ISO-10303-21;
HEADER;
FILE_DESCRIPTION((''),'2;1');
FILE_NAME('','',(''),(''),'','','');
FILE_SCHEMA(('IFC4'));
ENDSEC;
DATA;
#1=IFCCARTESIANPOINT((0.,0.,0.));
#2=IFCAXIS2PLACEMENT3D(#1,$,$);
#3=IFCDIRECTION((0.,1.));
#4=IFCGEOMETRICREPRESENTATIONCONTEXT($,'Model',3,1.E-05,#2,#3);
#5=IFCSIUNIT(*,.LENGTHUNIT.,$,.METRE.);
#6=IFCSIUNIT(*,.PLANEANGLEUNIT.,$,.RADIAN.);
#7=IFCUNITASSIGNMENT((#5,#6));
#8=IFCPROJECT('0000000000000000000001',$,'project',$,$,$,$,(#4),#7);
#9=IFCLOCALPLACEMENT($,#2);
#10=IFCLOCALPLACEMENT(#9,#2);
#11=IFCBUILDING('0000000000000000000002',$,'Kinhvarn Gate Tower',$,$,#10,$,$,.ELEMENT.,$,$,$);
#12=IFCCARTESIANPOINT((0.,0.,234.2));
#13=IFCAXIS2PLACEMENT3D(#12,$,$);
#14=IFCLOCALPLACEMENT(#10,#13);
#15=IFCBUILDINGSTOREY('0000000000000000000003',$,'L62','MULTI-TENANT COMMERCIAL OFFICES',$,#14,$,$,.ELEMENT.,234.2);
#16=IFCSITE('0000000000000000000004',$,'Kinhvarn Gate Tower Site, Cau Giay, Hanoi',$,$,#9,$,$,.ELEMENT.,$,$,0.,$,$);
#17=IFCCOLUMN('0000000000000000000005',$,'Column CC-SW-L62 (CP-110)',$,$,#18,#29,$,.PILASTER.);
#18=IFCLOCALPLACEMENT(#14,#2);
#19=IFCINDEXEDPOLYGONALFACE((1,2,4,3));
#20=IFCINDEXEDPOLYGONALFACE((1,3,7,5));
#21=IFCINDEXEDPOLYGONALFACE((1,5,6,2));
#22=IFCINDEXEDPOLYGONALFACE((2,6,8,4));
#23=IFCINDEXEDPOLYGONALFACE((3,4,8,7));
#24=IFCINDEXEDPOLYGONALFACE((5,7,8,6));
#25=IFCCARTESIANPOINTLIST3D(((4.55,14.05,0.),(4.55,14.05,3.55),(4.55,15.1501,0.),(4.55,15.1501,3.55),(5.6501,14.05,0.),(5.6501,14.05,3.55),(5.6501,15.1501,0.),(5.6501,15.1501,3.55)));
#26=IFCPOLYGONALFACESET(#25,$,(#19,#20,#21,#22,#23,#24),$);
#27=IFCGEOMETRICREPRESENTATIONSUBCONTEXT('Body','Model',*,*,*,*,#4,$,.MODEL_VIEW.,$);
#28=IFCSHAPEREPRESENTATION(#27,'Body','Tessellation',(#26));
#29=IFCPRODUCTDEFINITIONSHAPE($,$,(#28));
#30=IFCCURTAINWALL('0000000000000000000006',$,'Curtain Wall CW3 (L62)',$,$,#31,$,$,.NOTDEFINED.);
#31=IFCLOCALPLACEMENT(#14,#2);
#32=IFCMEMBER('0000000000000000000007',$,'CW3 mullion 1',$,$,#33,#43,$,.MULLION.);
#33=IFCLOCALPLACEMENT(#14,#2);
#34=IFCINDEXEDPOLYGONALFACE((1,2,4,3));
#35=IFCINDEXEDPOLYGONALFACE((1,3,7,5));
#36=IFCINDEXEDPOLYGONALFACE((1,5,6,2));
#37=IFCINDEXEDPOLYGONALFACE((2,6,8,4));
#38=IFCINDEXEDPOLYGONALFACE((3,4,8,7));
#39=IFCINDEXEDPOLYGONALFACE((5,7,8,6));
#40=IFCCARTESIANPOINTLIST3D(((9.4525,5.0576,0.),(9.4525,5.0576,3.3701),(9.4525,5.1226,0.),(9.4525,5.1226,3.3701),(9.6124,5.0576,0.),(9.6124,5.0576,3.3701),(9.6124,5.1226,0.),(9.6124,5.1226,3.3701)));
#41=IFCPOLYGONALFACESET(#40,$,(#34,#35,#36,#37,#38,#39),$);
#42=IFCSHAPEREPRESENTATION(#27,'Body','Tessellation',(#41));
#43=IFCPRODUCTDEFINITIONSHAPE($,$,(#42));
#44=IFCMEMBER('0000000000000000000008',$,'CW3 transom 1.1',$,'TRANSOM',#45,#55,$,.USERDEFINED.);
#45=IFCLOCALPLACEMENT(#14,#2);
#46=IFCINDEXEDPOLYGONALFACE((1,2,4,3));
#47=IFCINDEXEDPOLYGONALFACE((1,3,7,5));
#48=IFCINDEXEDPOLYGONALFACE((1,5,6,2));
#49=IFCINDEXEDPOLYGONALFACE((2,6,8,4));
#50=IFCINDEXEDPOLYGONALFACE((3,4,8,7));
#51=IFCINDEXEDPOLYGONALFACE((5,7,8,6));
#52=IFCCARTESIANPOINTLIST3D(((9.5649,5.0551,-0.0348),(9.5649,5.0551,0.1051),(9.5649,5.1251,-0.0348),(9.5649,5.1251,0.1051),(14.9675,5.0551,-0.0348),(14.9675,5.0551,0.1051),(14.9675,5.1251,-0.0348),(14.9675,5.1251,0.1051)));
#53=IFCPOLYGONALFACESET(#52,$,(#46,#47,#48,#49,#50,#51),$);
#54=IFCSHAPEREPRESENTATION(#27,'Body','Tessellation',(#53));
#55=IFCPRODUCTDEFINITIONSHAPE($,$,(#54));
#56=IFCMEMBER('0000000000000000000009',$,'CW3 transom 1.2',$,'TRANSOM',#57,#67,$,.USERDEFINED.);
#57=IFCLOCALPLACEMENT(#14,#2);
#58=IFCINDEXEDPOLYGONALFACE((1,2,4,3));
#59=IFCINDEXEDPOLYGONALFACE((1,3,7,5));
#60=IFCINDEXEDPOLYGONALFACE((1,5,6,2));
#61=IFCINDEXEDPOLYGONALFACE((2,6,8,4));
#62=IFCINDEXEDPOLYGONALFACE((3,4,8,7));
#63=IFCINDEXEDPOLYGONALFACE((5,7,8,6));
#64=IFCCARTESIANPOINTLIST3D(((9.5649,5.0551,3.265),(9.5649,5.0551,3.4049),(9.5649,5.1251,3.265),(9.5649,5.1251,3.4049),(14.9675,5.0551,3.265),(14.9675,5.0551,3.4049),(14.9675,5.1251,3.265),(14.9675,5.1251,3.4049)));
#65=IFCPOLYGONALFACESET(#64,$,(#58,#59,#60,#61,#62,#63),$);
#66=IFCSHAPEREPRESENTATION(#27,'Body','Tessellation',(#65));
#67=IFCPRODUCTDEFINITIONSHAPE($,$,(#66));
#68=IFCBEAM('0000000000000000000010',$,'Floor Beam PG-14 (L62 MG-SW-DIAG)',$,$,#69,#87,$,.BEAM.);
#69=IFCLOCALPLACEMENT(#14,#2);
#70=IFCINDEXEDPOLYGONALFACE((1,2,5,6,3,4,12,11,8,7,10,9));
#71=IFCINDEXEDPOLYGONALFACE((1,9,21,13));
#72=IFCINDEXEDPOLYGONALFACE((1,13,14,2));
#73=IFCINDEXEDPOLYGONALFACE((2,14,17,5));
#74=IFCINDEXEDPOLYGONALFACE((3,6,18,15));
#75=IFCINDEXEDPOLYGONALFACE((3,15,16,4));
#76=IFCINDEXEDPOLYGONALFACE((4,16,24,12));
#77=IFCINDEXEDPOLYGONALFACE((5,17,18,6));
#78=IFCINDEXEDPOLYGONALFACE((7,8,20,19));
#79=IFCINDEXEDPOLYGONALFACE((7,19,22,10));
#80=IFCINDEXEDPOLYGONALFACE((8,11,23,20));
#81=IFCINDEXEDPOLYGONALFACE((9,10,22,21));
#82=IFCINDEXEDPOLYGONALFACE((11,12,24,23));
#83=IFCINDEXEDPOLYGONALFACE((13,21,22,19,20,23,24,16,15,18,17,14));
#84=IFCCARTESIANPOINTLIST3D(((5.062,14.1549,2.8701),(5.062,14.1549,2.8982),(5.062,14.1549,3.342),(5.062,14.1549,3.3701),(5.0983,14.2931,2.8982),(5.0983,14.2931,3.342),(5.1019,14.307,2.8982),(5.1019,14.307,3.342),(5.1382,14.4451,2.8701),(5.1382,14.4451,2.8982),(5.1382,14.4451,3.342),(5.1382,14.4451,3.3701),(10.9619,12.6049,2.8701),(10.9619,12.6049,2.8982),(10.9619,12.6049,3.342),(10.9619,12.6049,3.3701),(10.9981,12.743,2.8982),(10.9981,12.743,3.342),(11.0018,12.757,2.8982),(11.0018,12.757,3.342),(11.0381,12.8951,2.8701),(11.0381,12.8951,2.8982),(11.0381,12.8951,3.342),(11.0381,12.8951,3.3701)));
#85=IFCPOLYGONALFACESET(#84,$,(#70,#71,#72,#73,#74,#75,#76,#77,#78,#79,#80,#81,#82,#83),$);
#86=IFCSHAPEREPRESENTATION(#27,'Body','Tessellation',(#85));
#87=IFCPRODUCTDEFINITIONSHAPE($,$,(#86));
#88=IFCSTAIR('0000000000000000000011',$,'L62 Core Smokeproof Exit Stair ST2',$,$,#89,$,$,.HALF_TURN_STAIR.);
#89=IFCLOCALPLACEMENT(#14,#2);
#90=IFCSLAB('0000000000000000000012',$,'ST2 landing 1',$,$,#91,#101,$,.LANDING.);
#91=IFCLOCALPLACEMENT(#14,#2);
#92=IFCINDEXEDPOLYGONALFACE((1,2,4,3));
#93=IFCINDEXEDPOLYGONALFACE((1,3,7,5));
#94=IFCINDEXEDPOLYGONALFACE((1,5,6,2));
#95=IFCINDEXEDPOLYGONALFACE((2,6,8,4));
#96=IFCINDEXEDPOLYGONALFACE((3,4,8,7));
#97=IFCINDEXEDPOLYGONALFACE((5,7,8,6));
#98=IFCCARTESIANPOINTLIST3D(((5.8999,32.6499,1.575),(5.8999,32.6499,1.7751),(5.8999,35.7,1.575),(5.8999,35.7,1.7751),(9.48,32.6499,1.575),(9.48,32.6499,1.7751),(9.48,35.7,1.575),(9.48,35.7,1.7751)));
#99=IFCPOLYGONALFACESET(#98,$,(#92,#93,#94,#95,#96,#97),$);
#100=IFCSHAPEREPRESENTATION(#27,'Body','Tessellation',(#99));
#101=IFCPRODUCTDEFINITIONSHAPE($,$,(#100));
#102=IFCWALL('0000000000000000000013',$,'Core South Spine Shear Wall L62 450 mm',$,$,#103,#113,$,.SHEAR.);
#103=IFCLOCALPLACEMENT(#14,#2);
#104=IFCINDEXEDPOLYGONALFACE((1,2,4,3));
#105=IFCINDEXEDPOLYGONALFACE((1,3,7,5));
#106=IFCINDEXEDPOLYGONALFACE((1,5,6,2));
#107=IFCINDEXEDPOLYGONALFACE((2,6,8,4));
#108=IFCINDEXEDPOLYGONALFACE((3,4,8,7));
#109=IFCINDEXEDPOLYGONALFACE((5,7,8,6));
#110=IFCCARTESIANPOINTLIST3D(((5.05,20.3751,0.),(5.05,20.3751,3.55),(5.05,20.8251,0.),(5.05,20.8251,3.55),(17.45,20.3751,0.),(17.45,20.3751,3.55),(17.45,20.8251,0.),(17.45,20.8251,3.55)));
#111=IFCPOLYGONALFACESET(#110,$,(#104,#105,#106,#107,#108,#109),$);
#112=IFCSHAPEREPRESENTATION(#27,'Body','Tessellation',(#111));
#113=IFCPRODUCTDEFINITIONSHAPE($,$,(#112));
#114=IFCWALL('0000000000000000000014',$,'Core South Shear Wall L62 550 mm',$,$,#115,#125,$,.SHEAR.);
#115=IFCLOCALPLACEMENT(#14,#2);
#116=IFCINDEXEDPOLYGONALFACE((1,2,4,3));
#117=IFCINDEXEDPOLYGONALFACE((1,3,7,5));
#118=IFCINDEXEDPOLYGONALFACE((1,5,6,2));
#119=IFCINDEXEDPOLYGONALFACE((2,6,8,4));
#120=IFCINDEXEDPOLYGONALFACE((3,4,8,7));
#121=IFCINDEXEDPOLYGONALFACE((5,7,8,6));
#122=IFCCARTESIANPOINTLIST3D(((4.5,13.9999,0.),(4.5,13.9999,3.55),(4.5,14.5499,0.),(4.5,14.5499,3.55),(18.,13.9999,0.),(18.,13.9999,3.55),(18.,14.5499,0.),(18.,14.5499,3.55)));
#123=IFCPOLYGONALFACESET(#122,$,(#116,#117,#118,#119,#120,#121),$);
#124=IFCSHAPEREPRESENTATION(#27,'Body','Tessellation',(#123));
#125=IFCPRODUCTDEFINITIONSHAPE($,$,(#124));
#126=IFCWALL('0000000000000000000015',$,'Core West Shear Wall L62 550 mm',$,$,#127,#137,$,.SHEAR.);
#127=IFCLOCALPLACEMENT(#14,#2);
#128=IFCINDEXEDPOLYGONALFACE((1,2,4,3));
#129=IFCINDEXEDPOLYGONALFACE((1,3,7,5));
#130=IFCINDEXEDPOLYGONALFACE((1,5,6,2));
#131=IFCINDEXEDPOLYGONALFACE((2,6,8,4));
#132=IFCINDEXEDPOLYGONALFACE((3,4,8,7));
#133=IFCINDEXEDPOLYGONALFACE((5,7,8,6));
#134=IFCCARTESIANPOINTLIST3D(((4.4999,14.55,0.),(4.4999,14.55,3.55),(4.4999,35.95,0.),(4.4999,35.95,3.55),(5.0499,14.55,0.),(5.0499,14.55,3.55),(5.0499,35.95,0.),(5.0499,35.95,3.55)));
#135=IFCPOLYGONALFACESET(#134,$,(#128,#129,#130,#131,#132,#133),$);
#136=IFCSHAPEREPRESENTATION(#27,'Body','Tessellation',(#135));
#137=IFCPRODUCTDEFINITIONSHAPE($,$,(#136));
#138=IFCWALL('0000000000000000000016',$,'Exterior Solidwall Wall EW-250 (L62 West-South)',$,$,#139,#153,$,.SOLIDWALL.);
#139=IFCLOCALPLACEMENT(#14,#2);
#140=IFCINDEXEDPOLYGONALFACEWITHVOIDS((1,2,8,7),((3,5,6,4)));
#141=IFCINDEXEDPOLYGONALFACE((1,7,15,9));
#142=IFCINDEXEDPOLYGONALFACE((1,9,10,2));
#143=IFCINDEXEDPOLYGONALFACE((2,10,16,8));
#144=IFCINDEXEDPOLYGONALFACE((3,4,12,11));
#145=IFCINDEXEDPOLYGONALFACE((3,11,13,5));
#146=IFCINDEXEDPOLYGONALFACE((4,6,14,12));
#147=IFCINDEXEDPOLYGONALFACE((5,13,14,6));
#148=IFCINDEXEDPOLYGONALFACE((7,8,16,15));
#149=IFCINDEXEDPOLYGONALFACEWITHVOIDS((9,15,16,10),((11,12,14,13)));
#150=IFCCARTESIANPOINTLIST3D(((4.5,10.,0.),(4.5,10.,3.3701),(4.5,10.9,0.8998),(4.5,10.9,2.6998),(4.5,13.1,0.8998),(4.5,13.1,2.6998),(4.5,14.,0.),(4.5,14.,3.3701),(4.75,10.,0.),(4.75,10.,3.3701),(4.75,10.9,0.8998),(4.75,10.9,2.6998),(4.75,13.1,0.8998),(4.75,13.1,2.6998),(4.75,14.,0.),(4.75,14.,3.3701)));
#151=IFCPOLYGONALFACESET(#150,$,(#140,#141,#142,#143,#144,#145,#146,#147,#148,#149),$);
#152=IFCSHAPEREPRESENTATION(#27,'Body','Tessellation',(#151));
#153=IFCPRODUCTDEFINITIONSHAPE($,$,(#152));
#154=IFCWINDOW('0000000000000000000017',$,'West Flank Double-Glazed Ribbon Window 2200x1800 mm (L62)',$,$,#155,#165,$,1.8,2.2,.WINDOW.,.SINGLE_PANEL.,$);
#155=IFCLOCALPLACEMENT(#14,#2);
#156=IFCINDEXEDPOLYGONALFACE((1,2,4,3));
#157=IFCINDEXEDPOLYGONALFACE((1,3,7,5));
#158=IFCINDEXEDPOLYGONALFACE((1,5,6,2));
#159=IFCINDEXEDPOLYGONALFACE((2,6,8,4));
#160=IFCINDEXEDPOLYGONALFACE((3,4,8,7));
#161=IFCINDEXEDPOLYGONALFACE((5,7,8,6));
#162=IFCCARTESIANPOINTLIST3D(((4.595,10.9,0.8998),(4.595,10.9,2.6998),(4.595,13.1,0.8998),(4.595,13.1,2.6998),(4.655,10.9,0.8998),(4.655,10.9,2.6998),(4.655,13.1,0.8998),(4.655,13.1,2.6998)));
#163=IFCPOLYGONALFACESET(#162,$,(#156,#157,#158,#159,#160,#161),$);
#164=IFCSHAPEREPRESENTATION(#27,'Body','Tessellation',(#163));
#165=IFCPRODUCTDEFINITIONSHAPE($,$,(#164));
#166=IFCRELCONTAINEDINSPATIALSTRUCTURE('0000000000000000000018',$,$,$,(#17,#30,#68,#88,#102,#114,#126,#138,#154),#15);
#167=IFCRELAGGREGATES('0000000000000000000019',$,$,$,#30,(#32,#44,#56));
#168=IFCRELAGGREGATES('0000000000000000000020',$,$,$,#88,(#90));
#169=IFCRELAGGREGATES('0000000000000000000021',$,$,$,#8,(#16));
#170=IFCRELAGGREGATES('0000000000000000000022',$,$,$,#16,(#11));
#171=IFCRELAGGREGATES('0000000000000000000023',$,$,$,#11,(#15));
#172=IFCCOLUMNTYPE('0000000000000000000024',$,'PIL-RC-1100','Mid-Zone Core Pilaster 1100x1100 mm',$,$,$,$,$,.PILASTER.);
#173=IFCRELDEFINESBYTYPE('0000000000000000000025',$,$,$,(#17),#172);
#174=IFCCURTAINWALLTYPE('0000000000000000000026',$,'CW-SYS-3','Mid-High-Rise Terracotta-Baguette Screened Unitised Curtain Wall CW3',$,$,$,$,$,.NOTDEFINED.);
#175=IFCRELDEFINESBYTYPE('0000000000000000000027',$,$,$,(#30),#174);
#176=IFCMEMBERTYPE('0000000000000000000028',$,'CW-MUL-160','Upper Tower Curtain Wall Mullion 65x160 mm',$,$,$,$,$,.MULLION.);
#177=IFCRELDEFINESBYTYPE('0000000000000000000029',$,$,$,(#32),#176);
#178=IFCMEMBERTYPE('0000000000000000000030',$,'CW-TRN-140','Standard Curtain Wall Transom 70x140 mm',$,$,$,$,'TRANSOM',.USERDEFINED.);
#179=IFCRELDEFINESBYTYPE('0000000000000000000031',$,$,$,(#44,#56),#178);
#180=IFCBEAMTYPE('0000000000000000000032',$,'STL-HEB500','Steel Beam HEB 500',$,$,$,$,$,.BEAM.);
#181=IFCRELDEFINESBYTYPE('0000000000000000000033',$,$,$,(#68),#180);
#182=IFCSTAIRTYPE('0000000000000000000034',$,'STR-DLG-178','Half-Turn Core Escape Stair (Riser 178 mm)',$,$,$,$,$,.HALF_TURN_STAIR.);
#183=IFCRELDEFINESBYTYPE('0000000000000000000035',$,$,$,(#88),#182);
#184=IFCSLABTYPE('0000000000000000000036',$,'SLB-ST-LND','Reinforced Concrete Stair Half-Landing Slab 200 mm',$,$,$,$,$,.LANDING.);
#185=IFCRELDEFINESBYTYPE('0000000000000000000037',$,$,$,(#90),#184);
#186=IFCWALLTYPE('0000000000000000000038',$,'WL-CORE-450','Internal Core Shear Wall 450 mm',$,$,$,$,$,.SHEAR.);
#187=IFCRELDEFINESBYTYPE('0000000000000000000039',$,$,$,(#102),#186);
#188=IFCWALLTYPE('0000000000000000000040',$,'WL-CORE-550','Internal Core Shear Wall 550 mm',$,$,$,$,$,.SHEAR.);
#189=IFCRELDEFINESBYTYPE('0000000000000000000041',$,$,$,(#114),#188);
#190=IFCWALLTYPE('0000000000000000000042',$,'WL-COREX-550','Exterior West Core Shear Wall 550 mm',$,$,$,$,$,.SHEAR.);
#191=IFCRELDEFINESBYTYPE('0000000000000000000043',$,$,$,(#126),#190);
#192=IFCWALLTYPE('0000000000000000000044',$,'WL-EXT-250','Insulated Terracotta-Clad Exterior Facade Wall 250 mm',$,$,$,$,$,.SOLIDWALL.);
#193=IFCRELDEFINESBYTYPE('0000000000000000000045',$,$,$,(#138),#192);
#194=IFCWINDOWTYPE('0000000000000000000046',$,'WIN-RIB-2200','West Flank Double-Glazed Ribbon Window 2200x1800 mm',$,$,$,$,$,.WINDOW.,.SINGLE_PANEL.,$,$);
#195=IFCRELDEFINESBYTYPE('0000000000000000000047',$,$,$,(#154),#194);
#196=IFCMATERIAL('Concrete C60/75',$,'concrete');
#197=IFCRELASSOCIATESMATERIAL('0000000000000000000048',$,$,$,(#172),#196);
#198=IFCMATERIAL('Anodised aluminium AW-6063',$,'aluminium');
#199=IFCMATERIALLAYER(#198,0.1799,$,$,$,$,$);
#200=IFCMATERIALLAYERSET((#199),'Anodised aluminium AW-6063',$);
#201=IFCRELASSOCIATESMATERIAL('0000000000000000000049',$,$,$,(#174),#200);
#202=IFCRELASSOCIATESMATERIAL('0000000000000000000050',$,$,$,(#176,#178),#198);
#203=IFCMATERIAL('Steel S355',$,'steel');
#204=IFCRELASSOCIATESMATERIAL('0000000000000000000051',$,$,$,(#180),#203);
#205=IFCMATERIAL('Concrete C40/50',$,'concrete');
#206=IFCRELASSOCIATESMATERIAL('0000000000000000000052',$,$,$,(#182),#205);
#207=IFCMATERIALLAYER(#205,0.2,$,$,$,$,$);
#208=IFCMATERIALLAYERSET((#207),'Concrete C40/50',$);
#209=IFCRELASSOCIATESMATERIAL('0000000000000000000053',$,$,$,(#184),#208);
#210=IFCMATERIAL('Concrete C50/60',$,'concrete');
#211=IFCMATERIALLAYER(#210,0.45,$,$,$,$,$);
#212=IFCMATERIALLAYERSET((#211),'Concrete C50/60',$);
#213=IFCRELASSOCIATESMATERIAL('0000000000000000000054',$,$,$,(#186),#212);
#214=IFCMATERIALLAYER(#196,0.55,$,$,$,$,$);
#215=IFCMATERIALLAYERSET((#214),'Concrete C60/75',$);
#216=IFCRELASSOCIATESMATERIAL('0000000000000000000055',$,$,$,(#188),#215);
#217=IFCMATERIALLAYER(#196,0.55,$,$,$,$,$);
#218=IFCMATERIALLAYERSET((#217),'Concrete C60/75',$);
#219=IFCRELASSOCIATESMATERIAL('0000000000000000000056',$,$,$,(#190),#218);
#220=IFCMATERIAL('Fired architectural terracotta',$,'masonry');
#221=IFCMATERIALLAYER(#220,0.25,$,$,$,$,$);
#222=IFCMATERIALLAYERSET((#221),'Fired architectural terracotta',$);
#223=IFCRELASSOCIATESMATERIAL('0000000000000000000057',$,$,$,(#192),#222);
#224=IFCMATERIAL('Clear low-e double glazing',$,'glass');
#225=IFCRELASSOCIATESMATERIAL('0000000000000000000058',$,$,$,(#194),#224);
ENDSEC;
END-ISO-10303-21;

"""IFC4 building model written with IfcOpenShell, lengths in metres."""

from ifc_helpers import new_model, si_unit, direction, frame, frame_2d, origin, origin_2d, place, context, subcontext, project, spatial, polyline, rectangle, i_section, outline, extrude, material, layer, layer_set, material_profile, profile_set, type_object, element, fill, aggregate, save


model = new_model("IFC4")

# Units and contexts
model_context = context("Model", 3, precision=1e-05, world=origin(), true_north=direction((0.0, 1.0)))
body_context = subcontext(model_context, "Body", "Model", "MODEL_VIEW")
ifc_project = project(units=[si_unit("LENGTHUNIT", "METRE"), si_unit("PLANEANGLEUNIT", "RADIAN")], contexts=[model_context])

# Site, building, storey
site_placement = place(None, origin())
site = spatial("IfcSite", under=ifc_project, at=site_placement, Name="Kinhvarn Gate Tower Site, Cau Giay, Hanoi", CompositionType="ELEMENT", RefElevation=0.0)
building_placement = place(site_placement, origin())
building = spatial("IfcBuilding", under=site, at=building_placement, Name="Kinhvarn Gate Tower", CompositionType="ELEMENT")
storey_placement = place(building_placement, frame((0.0, 0.0, 234.2)))
storey = spatial("IfcBuildingStorey", under=building, at=storey_placement, Name="L62", Description="MULTI-TENANT COMMERCIAL OFFICES", CompositionType="ELEMENT", Elevation=234.2)

# Column
ifc_material_1 = material(Name="Concrete C60/75", Category="concrete")
ifc_material_profile_1 = material_profile(ifc_material_1, rectangle(XDim=1.1001, YDim=1.1001, at=origin_2d()), Name="RC 1100x1100")
ifc_profile_set_1 = profile_set([ifc_material_profile_1], Name="Concrete C60/75")
column_type = type_object("IfcColumnType", Name="PIL-RC-1100", Description="Mid-Zone Core Pilaster 1100x1100 mm", PredefinedType="PILASTER", material=ifc_profile_set_1)
column_placement = place(storey_placement, frame((5.1001, 14.6001, 0.0), z_axis=(0.0, 0.0, 1.0), x_axis=(1.0, 0.0, 0.0)))
element("IfcColumn", 1, at=column_placement, inside=storey, type_object=column_type, Name="Column CC-SW-L62 (CP-110)", PredefinedType="PILASTER", context=body_context, shape_type="SweptSolid", body=[
    extrude(rectangle(XDim=1.1001, YDim=1.1001, at=origin_2d()), origin(), (0.0, 0.0, 1.0), 3.55),
])

# Curtain wall, members
ifc_material_2 = material(Name="Anodised aluminium AW-6063", Category="aluminium")
ifc_layer_1 = layer(ifc_material_2, 0.1799)
ifc_layer_set_1 = layer_set([ifc_layer_1], Name="Anodised aluminium AW-6063")
curtain_wall_type = type_object("IfcCurtainWallType", Name="CW-SYS-3", Description="Mid-High-Rise Terracotta-Baguette Screened Unitised Curtain Wall CW3", PredefinedType="NOTDEFINED", material=ifc_layer_set_1)
curtain_wall_placement = place(storey_placement, origin())
curtain_wall = element("IfcCurtainWall", 2, at=curtain_wall_placement, inside=storey, type_object=curtain_wall_type, Name="Curtain Wall CW3 (L62)", PredefinedType="NOTDEFINED")
ifc_material_profile_2 = material_profile(ifc_material_2, rectangle(XDim=0.0649, YDim=0.1599, at=origin_2d()), Name="ALU 65x160")
ifc_profile_set_2 = profile_set([ifc_material_profile_2], Name="Anodised aluminium AW-6063")
member_type_1 = type_object("IfcMemberType", Name="CW-MUL-160", Description="Upper Tower Curtain Wall Mullion 65x160 mm", PredefinedType="MULLION", material=ifc_profile_set_2)
member_1_placement = place(storey_placement, frame((9.5325, 5.0901, 0.0), z_axis=(0.0, 0.0, 1.0), x_axis=(0.0, 1.0, 0.0)))
member_1 = element("IfcMember", 3, at=member_1_placement, type_object=member_type_1, Name="CW3 mullion 1", PredefinedType="MULLION", context=body_context, shape_type="SweptSolid", body=[
    extrude(rectangle(XDim=0.0649, YDim=0.1599, at=origin_2d()), origin(), (0.0, 0.0, 1.0), 3.3701),
])
ifc_material_profile_3 = material_profile(ifc_material_2, rectangle(XDim=0.0701, YDim=0.1399, at=origin_2d()), Name="ALU 70x140")
ifc_profile_set_3 = profile_set([ifc_material_profile_3], Name="Anodised aluminium AW-6063")
member_type_2 = type_object("IfcMemberType", Name="CW-TRN-140", Description="Standard Curtain Wall Transom 70x140 mm", ElementType="TRANSOM", PredefinedType="USERDEFINED", material=ifc_profile_set_3)
member_2_placement = place(storey_placement, frame((9.5649, 5.0901, 0.0352), z_axis=(1.0, 0.0, 0.0), x_axis=(0.0, 1.0, 0.0)))
member_2 = element("IfcMember", 4, at=member_2_placement, type_object=member_type_2, Name="CW3 transom 1.1", ObjectType="TRANSOM", PredefinedType="USERDEFINED", context=body_context, shape_type="SweptSolid", body=[
    extrude(rectangle(XDim=0.0701, YDim=0.1399, at=origin_2d()), origin(), (0.0, 0.0, 1.0), 5.4026),
])
member_3_placement = place(storey_placement, frame((9.5649, 5.0901, 3.335), z_axis=(1.0, 0.0, 0.0), x_axis=(0.0, 1.0, 0.0)))
member_3 = element("IfcMember", 5, at=member_3_placement, type_object=member_type_2, Name="CW3 transom 1.2", ObjectType="TRANSOM", PredefinedType="USERDEFINED", context=body_context, shape_type="SweptSolid", body=[
    extrude(rectangle(XDim=0.0701, YDim=0.1399, at=origin_2d()), origin(), (0.0, 0.0, 1.0), 5.4026),
])
aggregate(curtain_wall, [member_1, member_2, member_3])

# Beam
ifc_material_3 = material(Name="Steel S355", Category="steel")
ifc_material_profile_4 = material_profile(ifc_material_3, i_section(OverallWidth=0.3, OverallDepth=0.5, WebThickness=0.0144, FlangeThickness=0.0281, at=origin_2d()), Name="HEB 500")
ifc_profile_set_4 = profile_set([ifc_material_profile_4], Name="Steel S355")
beam_type = type_object("IfcBeamType", Name="STL-HEB500", Description="Steel Beam HEB 500", PredefinedType="BEAM", material=ifc_profile_set_4)
beam_placement = place(storey_placement, frame((5.1001, 14.3, 3.1201), z_axis=(0.967178, -0.254101, 0.0), x_axis=(0.254101, 0.967178, 0.0)))
element("IfcBeam", 6, at=beam_placement, inside=storey, type_object=beam_type, Name="Floor Beam PG-14 (L62 MG-SW-DIAG)", PredefinedType="BEAM", context=body_context, shape_type="SweptSolid", body=[
    extrude(i_section(OverallWidth=0.3, OverallDepth=0.5, WebThickness=0.0144, FlangeThickness=0.0281, at=origin_2d()), origin(), (0.0, 0.0, 1.0), 6.1001),
])

# Stair, slab
ifc_material_4 = material(Name="Concrete C40/50", Category="concrete")
stair_type = type_object("IfcStairType", Name="STR-DLG-178", Description="Half-Turn Core Escape Stair (Riser 178 mm)", PredefinedType="HALF_TURN_STAIR", material=ifc_material_4)
stair_1_placement = place(storey_placement, origin())
stair_1 = element("IfcStair", 7, at=stair_1_placement, inside=storey, type_object=stair_type, Name="L62 Core Smokeproof Exit Stair ST2", PredefinedType="HALF_TURN_STAIR")
ifc_layer_2 = layer(ifc_material_4, 0.2)
ifc_layer_set_2 = layer_set([ifc_layer_2], Name="Concrete C40/50")
slab_type = type_object("IfcSlabType", Name="SLB-ST-LND", Description="Reinforced Concrete Stair Half-Landing Slab 200 mm", PredefinedType="LANDING", material=ifc_layer_set_2)
slab_placement = place(storey_placement, frame((0.0, 0.0, 1.575)))
slab = element("IfcSlab", 8, at=slab_placement, type_object=slab_type, Name="ST2 landing 1", PredefinedType="LANDING", context=body_context, shape_type="SweptSolid", body=[
    extrude(outline(polyline([(9.48, 35.7), (5.8999, 35.7), (5.8999, 32.6499), (9.48, 32.6499), (9.48, 35.7)])), origin(), (0.0, 0.0, 1.0), 0.2002),
])
aggregate(stair_1, [slab])

# Walls
ifc_material_5 = material(Name="Concrete C50/60", Category="concrete")
ifc_layer_3 = layer(ifc_material_5, 0.45)
ifc_layer_set_3 = layer_set([ifc_layer_3], Name="Concrete C50/60")
wall_type_1 = type_object("IfcWallType", Name="WL-CORE-450", Description="Internal Core Shear Wall 450 mm", PredefinedType="SHEAR", material=ifc_layer_set_3)
wall_1_placement = place(storey_placement, frame((5.05, 20.6001, 0.0), z_axis=(0.0, 0.0, 1.0), x_axis=(1.0, 0.0, 0.0)))
element("IfcWall", 9, at=wall_1_placement, inside=storey, type_object=wall_type_1, Name="Core South Spine Shear Wall L62 450 mm", PredefinedType="SHEAR", context=body_context, shape_type="SweptSolid", body=[
    extrude(rectangle(XDim=12.3999, YDim=0.45, at=frame_2d((6.2, 0.0))), origin(), (0.0, 0.0, 1.0), 3.55),
])
ifc_layer_4 = layer(ifc_material_1, 0.55)
ifc_layer_set_4 = layer_set([ifc_layer_4], Name="Concrete C60/75")
wall_type_2 = type_object("IfcWallType", Name="WL-CORE-550", Description="Internal Core Shear Wall 550 mm", PredefinedType="SHEAR", material=ifc_layer_set_4)
wall_2_placement = place(storey_placement, frame((4.5, 14.2749, 0.0), z_axis=(0.0, 0.0, 1.0), x_axis=(1.0, 0.0, 0.0)))
element("IfcWall", 10, at=wall_2_placement, inside=storey, type_object=wall_type_2, Name="Core South Shear Wall L62 550 mm", PredefinedType="SHEAR", context=body_context, shape_type="SweptSolid", body=[
    extrude(rectangle(XDim=13.5, YDim=0.55, at=frame_2d((6.75, 0.0))), origin(), (0.0, 0.0, 1.0), 3.55),
])
ifc_layer_5 = layer(ifc_material_1, 0.55)
ifc_layer_set_5 = layer_set([ifc_layer_5], Name="Concrete C60/75")
wall_type_3 = type_object("IfcWallType", Name="WL-COREX-550", Description="Exterior West Core Shear Wall 550 mm", PredefinedType="SHEAR", material=ifc_layer_set_5)
wall_3_placement = place(storey_placement, frame((4.7749, 14.55, 0.0), z_axis=(0.0, 0.0, 1.0), x_axis=(0.0, 1.0, 0.0)))
element("IfcWall", 11, at=wall_3_placement, inside=storey, type_object=wall_type_3, Name="Core West Shear Wall L62 550 mm", PredefinedType="SHEAR", context=body_context, shape_type="SweptSolid", body=[
    extrude(rectangle(XDim=21.3999, YDim=0.55, at=frame_2d((10.7, 0.0))), origin(), (0.0, 0.0, 1.0), 3.55),
])

# Wall, opening, window
ifc_material_6 = material(Name="Fired architectural terracotta", Category="masonry")
ifc_layer_6 = layer(ifc_material_6, 0.25)
ifc_layer_set_6 = layer_set([ifc_layer_6], Name="Fired architectural terracotta")
wall_type_4 = type_object("IfcWallType", Name="WL-EXT-250", Description="Insulated Terracotta-Clad Exterior Facade Wall 250 mm", PredefinedType="SOLIDWALL", material=ifc_layer_set_6)
wall_4_placement = place(storey_placement, frame((4.625, 14.0, 0.0), z_axis=(0.0, 0.0, 1.0), x_axis=(0.0, -1.0, 0.0)))
wall_4 = element("IfcWall", 12, at=wall_4_placement, inside=storey, type_object=wall_type_4, Name="Exterior Solidwall Wall EW-250 (L62 West-South)", PredefinedType="SOLIDWALL", context=body_context, shape_type="SweptSolid", body=[
    extrude(rectangle(XDim=4.0, YDim=0.25, at=frame_2d((2.0, 0.0))), origin(), (0.0, 0.0, 1.0), 3.3701),
])
opening_1_placement = place(wall_4_placement, frame((0.8999, 0.0, 0.8999)))
opening_1 = element("IfcOpeningElement", 13, at=opening_1_placement, cuts=wall_4, PredefinedType="OPENING", context=body_context, shape_type="SweptSolid", body=[
    extrude(rectangle(XDim=2.2, YDim=1.8, at=frame_2d((1.1001, 0.8999))), frame((0.0, 0.135, 0.0), z_axis=(0.0, -1.0, 0.0), x_axis=(1.0, 0.0, 0.0)), (0.0, 0.0, 1.0), 0.27),
])
ifc_material_7 = material(Name="Clear low-e double glazing", Category="glass")
window_type_1 = type_object("IfcWindowType", Name="WIN-RIB-2200", Description="West Flank Double-Glazed Ribbon Window 2200x1800 mm", PartitioningType="SINGLE_PANEL", PredefinedType="WINDOW", material=ifc_material_7)
window_1_placement = place(opening_1_placement, origin())
window_1 = element("IfcWindow", 14, at=window_1_placement, inside=storey, type_object=window_type_1, Name="West Flank Double-Glazed Ribbon Window 2200x1800 mm (L62)", OverallHeight=1.8, OverallWidth=2.2, PartitioningType="SINGLE_PANEL", PredefinedType="WINDOW", context=body_context, shape_type="SweptSolid", body=[
    extrude(rectangle(XDim=2.2, YDim=1.8, at=frame_2d((1.1001, 0.8999))), frame((0.0, 0.03, 0.0), z_axis=(0.0, -1.0, 0.0), x_axis=(1.0, 0.0, 0.0)), (0.0, 0.0, 1.0), 0.0601),
])
fill(opening_1, window_1)

save(model, "model.ifc")
